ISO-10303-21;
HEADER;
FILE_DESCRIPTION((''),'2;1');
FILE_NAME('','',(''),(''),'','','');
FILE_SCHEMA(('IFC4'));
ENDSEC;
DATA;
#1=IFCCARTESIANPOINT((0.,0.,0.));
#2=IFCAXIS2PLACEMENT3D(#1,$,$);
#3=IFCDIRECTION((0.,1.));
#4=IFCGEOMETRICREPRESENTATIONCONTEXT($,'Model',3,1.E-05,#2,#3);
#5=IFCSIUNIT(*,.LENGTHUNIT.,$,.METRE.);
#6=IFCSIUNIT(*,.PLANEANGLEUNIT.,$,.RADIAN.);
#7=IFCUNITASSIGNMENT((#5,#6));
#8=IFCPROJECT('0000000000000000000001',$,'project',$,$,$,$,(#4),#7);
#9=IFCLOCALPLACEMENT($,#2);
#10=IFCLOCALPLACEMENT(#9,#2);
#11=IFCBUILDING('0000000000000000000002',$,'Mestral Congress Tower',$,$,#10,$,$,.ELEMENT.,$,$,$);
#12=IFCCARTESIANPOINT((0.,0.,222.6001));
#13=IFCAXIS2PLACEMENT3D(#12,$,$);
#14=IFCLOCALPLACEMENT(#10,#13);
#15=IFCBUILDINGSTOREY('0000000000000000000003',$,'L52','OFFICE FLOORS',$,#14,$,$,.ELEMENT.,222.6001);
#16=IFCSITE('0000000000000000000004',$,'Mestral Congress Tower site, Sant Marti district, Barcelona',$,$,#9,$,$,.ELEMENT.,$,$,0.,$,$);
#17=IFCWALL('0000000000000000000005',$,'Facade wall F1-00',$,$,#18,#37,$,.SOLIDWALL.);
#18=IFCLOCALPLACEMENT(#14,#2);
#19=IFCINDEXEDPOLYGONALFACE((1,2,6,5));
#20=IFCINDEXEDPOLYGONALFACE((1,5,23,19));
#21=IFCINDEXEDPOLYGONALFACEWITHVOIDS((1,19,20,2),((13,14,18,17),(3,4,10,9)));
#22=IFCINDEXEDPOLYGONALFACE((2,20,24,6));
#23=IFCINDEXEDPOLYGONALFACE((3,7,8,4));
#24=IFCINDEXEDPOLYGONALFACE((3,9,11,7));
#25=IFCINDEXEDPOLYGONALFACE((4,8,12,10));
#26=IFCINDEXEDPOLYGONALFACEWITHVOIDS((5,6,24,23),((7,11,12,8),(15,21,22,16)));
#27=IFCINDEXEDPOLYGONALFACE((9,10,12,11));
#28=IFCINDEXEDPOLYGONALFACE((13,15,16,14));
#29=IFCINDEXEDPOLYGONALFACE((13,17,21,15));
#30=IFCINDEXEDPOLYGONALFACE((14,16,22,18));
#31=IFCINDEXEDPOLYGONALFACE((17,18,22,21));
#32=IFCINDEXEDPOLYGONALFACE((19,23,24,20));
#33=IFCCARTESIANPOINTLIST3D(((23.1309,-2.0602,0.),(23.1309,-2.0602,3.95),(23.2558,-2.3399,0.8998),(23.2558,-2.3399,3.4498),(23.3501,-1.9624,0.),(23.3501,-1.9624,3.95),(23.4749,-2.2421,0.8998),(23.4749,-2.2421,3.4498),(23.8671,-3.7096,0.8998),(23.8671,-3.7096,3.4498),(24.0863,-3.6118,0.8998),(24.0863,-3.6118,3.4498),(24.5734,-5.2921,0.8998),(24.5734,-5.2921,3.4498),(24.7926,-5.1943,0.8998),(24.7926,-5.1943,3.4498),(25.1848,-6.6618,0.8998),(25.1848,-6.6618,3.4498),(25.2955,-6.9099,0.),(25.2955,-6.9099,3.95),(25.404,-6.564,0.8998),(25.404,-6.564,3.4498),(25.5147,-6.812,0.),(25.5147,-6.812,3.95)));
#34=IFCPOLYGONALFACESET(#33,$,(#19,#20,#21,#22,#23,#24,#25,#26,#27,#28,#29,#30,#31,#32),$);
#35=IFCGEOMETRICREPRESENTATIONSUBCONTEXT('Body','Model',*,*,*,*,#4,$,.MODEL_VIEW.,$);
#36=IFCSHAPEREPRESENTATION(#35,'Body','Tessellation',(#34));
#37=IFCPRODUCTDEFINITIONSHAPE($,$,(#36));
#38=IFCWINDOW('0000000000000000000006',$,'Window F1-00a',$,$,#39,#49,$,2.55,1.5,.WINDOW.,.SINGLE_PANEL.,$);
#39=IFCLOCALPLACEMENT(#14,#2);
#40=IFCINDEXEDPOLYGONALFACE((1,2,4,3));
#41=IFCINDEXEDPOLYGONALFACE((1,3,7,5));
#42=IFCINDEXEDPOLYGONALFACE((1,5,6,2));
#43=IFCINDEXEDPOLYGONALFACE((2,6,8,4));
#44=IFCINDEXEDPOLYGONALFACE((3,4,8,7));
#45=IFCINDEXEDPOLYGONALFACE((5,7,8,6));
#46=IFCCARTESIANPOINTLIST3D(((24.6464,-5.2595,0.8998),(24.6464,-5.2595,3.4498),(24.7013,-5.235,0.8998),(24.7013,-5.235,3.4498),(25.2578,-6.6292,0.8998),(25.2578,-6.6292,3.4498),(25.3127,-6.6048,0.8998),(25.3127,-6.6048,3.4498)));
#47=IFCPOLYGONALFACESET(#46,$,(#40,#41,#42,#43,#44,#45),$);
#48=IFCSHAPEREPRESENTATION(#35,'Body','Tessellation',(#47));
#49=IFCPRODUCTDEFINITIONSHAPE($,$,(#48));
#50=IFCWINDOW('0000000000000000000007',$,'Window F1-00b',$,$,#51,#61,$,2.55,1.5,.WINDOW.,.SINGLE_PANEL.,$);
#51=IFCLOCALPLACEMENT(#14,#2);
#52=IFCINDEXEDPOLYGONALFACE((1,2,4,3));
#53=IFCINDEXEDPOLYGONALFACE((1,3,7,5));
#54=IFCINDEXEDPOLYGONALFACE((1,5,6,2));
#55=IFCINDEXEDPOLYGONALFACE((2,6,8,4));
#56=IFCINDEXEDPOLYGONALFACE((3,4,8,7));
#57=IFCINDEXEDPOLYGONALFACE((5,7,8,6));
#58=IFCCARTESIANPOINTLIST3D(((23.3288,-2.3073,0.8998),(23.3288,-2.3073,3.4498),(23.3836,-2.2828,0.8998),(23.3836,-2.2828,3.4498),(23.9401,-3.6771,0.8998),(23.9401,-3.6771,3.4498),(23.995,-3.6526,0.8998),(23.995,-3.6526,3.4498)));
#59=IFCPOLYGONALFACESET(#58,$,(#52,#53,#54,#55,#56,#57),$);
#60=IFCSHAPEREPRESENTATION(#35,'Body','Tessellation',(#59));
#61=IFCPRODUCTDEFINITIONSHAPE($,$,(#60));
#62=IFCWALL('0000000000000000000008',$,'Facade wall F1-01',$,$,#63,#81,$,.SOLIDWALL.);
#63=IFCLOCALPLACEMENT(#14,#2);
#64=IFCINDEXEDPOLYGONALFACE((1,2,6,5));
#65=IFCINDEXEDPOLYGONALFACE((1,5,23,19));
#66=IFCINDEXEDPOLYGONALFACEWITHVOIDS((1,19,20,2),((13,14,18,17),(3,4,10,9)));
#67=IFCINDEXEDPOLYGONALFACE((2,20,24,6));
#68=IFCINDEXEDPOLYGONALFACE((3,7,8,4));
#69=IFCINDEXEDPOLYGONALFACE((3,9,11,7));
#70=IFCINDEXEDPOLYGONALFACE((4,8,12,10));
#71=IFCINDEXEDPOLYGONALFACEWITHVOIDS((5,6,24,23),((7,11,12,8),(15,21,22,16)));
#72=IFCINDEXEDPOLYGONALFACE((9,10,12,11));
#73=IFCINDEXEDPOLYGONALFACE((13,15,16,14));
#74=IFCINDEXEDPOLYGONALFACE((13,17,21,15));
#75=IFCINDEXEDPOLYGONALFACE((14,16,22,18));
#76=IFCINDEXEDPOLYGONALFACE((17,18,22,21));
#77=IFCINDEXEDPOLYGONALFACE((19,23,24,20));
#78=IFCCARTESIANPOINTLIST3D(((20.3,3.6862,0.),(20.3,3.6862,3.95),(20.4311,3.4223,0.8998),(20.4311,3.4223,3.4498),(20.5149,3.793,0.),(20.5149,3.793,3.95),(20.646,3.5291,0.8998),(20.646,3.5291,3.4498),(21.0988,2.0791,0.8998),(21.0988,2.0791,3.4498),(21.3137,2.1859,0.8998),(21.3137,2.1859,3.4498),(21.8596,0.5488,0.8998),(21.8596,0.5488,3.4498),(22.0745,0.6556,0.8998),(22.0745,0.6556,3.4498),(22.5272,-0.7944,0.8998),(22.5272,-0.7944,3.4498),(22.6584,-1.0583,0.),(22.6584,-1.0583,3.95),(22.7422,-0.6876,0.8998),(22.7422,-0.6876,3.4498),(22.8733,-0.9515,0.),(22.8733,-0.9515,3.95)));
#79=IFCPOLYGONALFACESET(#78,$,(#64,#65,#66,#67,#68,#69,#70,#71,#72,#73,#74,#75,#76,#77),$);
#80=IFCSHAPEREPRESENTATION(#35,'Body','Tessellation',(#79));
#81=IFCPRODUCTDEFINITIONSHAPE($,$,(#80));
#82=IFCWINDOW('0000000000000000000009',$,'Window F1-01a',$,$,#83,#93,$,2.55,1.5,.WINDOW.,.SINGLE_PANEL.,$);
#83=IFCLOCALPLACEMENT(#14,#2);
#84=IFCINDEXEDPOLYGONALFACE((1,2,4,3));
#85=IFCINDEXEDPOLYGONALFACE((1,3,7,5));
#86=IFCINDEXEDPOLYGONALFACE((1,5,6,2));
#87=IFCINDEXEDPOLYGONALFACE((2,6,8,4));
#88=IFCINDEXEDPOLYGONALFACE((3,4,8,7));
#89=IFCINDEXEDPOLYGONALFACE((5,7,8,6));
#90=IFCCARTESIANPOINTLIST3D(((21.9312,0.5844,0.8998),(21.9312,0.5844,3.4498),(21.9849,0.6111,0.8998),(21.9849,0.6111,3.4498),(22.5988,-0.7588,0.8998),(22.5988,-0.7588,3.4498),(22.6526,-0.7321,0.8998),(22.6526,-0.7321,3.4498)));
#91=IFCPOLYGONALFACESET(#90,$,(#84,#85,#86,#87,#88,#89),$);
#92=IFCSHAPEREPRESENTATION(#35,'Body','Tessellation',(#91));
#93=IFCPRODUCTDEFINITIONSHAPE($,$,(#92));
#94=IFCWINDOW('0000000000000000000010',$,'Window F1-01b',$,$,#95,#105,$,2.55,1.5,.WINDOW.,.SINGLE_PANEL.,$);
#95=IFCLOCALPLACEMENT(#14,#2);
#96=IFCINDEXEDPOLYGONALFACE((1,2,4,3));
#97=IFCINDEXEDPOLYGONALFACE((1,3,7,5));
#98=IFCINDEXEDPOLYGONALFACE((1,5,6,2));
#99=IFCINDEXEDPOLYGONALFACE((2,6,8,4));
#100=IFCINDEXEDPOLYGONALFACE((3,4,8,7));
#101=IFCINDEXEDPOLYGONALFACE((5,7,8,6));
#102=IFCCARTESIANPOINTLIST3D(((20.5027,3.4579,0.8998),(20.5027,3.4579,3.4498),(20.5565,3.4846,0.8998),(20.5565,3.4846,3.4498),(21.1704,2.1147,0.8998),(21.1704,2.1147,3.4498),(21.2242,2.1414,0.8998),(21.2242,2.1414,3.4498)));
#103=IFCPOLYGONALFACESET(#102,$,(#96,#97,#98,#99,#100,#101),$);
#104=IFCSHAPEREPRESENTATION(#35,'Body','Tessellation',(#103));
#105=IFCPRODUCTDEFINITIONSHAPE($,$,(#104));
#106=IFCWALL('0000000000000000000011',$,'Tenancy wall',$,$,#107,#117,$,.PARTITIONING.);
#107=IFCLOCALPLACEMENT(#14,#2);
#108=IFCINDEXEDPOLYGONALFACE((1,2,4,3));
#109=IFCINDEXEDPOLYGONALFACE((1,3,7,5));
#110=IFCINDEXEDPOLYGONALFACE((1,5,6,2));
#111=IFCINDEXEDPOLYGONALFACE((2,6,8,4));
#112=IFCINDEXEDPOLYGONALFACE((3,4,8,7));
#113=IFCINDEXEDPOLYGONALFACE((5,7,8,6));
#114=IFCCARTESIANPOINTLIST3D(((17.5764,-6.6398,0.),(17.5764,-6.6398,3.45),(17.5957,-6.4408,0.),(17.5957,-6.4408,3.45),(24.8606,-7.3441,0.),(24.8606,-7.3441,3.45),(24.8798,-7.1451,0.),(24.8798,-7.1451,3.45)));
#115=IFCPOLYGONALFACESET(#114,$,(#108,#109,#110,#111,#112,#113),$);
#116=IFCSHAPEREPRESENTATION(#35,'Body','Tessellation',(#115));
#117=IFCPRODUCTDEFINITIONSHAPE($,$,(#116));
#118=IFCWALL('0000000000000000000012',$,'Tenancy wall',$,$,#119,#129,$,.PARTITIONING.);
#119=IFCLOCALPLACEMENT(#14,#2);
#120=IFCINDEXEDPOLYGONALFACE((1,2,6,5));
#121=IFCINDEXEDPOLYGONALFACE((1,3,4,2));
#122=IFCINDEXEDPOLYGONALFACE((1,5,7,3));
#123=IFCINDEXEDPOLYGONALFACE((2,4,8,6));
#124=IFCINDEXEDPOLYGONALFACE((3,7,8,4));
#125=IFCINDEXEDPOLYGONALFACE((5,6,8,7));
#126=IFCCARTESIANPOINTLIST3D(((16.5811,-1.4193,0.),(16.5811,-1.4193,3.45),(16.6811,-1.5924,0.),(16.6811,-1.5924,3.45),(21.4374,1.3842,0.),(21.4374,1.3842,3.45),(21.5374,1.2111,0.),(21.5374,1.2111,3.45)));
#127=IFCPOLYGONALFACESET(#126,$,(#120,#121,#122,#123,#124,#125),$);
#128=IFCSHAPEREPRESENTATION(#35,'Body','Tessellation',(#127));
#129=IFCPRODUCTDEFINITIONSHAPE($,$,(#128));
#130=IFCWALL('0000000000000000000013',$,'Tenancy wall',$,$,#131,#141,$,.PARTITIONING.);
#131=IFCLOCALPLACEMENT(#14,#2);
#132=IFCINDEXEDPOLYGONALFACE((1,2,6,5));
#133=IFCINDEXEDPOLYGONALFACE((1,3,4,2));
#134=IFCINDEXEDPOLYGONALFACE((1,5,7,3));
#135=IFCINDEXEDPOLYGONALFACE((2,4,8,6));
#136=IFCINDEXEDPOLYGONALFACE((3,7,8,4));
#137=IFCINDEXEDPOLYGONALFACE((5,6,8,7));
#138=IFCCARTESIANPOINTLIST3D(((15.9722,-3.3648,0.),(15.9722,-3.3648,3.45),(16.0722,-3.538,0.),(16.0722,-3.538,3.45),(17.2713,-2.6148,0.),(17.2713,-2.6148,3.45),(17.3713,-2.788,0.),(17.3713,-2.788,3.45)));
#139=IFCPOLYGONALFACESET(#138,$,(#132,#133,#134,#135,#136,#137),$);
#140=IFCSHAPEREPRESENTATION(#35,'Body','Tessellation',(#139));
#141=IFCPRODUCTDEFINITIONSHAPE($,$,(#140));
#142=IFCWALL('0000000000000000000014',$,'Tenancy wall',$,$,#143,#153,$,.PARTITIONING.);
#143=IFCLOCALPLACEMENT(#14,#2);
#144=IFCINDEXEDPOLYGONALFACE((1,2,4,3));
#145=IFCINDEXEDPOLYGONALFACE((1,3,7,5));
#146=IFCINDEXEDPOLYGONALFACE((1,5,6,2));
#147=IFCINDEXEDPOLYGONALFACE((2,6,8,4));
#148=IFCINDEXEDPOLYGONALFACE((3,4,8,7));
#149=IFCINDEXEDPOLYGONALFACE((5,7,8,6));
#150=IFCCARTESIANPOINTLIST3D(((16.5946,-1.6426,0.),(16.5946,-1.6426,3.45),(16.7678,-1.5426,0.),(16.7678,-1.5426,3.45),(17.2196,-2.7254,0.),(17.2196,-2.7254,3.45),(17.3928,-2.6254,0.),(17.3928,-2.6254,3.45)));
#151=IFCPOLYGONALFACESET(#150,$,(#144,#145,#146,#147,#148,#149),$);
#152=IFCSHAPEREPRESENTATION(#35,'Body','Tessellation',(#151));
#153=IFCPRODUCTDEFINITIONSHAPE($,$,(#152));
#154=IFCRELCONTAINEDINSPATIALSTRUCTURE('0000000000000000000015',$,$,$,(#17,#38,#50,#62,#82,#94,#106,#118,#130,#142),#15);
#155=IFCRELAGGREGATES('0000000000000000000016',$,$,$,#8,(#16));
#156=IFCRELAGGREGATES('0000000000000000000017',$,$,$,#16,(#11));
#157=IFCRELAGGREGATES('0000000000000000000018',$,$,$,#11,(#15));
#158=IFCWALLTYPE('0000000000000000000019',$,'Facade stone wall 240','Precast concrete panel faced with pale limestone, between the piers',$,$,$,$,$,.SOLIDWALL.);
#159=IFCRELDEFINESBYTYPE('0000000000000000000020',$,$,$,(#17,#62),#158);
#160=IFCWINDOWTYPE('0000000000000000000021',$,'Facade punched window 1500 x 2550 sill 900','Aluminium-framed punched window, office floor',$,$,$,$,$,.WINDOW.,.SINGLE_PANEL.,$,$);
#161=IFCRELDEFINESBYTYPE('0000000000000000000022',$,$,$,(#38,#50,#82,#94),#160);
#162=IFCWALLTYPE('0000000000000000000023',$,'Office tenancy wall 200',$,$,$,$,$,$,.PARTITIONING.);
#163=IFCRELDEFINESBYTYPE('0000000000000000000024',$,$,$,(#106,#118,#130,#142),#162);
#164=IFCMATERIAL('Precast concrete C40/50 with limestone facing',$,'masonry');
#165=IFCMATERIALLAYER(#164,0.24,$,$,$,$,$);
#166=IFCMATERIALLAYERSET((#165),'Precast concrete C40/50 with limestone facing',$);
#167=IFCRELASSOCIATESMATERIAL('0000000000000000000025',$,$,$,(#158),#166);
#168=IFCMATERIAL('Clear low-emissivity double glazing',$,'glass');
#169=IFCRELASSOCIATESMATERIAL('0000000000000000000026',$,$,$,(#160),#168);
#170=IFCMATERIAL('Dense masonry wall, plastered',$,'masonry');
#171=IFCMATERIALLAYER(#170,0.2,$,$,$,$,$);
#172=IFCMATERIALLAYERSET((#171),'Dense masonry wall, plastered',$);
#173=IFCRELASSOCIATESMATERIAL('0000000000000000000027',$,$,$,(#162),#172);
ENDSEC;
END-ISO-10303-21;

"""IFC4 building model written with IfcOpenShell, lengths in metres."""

from ifc_helpers import new_model, si_unit, direction, frame, frame_2d, origin, place, context, subcontext, project, spatial, rectangle, extrude, material, layer, layer_set, type_object, element, fill, save


model = new_model("IFC4")

# Units and contexts
model_context = context("Model", 3, precision=1e-05, world=origin(), true_north=direction((0.0, 1.0)))
body_context = subcontext(model_context, "Body", "Model", "MODEL_VIEW")
ifc_project = project(units=[si_unit("LENGTHUNIT", "METRE"), si_unit("PLANEANGLEUNIT", "RADIAN")], contexts=[model_context])

# Site, building, storey
site_placement = place(None, origin())
site = spatial("IfcSite", under=ifc_project, at=site_placement, Name="Mestral Congress Tower site, Sant Marti district, Barcelona", CompositionType="ELEMENT", RefElevation=0.0)
building_placement = place(site_placement, origin())
building = spatial("IfcBuilding", under=site, at=building_placement, Name="Mestral Congress Tower", CompositionType="ELEMENT")
storey_placement = place(building_placement, frame((0.0, 0.0, 222.6001)))
storey = spatial("IfcBuildingStorey", under=building, at=storey_placement, Name="L52", Description="OFFICE FLOORS", CompositionType="ELEMENT", Elevation=222.6001)

# Shared definitions
ifc_material_1 = material(Name="Precast concrete C40/50 with limestone facing", Category="masonry")
ifc_layer_1 = layer(ifc_material_1, 0.24)
ifc_layer_set_1 = layer_set([ifc_layer_1], Name="Precast concrete C40/50 with limestone facing")
wall_type_1 = type_object("IfcWallType", Name="Facade stone wall 240", Description="Precast concrete panel faced with pale limestone, between the piers", PredefinedType="SOLIDWALL", material=ifc_layer_set_1)
ifc_material_2 = material(Name="Clear low-emissivity double glazing", Category="glass")

# Walls, openings, windows
wall_1_placement = place(storey_placement, frame((25.405, -6.8608, 0.0), z_axis=(0.0, 0.0, 1.0), x_axis=(-0.40758, 0.91317, 0.0)))
wall_1 = element("IfcWall", 1, at=wall_1_placement, inside=storey, type_object=wall_type_1, Name="Facade wall F1-00", PredefinedType="SOLIDWALL", context=body_context, shape_type="SweptSolid", body=[
    extrude(rectangle(XDim=5.3108, YDim=0.24, at=frame_2d((2.6553, 0.0))), origin(), (0.0, 0.0, 1.0), 3.95),
])
opening_1_placement = place(wall_1_placement, frame((0.2715, 0.0, 0.8999)))
opening_1 = element("IfcOpeningElement", 2, at=opening_1_placement, cuts=wall_1, PredefinedType="OPENING", context=body_context, shape_type="SweptSolid", body=[
    extrude(rectangle(XDim=1.5, YDim=2.55, at=frame_2d((0.75, 1.2749))), frame((0.0, 0.1299, 0.0), z_axis=(0.0, -1.0, 0.0), x_axis=(1.0, 0.0, 0.0)), (0.0, 0.0, 1.0), 0.26),
])
opening_2_placement = place(wall_1_placement, frame((3.5044, 0.0, 0.8999)))
opening_2 = element("IfcOpeningElement", 3, at=opening_2_placement, cuts=wall_1, PredefinedType="OPENING", context=body_context, shape_type="SweptSolid", body=[
    extrude(rectangle(XDim=1.5, YDim=2.55, at=frame_2d((0.75, 1.2749))), frame((0.0, 0.1299, 0.0), z_axis=(0.0, -1.0, 0.0), x_axis=(1.0, 0.0, 0.0)), (0.0, 0.0, 1.0), 0.26),
])
window_type_1 = type_object("IfcWindowType", Name="Facade punched window 1500 x 2550 sill 900", Description="Aluminium-framed punched window, office floor", PartitioningType="SINGLE_PANEL", PredefinedType="WINDOW", material=ifc_material_2)
window_1_placement = place(opening_1_placement, origin())
window_1 = element("IfcWindow", 4, at=window_1_placement, inside=storey, type_object=window_type_1, Name="Window F1-00a", OverallHeight=2.55, OverallWidth=1.5, PartitioningType="SINGLE_PANEL", PredefinedType="WINDOW", context=body_context, shape_type="SweptSolid", body=[
    extrude(rectangle(XDim=1.5, YDim=2.55, at=frame_2d((0.75, 1.2749))), frame((0.0, 0.04, 0.0), z_axis=(0.0, -1.0, 0.0), x_axis=(1.0, 0.0, 0.0)), (0.0, 0.0, 1.0), 0.0601),
])
fill(opening_1, window_1)
window_2_placement = place(opening_2_placement, origin())
window_2 = element("IfcWindow", 5, at=window_2_placement, inside=storey, type_object=window_type_1, Name="Window F1-00b", OverallHeight=2.55, OverallWidth=1.5, PartitioningType="SINGLE_PANEL", PredefinedType="WINDOW", context=body_context, shape_type="SweptSolid", body=[
    extrude(rectangle(XDim=1.5, YDim=2.55, at=frame_2d((0.75, 1.2749))), frame((0.0, 0.04, 0.0), z_axis=(0.0, -1.0, 0.0), x_axis=(1.0, 0.0, 0.0)), (0.0, 0.0, 1.0), 0.0601),
])
fill(opening_2, window_2)
wall_2_placement = place(storey_placement, frame((22.7659, -1.0049, 0.0), z_axis=(0.0, 0.0, 1.0), x_axis=(-0.44513, 0.895466, 0.0)))
wall_2 = element("IfcWall", 6, at=wall_2_placement, inside=storey, type_object=wall_type_1, Name="Facade wall F1-01", PredefinedType="SOLIDWALL", context=body_context, shape_type="SweptSolid", body=[
    extrude(rectangle(XDim=5.2983, YDim=0.24, at=frame_2d((2.6492, 0.0))), origin(), (0.0, 0.0, 1.0), 3.95),
])
opening_3_placement = place(wall_2_placement, frame((0.2947, 0.0, 0.8999)))
opening_3 = element("IfcOpeningElement", 7, at=opening_3_placement, cuts=wall_2, PredefinedType="OPENING", context=body_context, shape_type="SweptSolid", body=[
    extrude(rectangle(XDim=1.5, YDim=2.55, at=frame_2d((0.75, 1.2749))), frame((0.0, 0.1299, 0.0), z_axis=(0.0, -1.0, 0.0), x_axis=(1.0, 0.0, 0.0)), (0.0, 0.0, 1.0), 0.26),
])
opening_4_placement = place(wall_2_placement, frame((3.5037, 0.0, 0.8999)))
opening_4 = element("IfcOpeningElement", 8, at=opening_4_placement, cuts=wall_2, PredefinedType="OPENING", context=body_context, shape_type="SweptSolid", body=[
    extrude(rectangle(XDim=1.5, YDim=2.55, at=frame_2d((0.75, 1.2749))), frame((0.0, 0.1299, 0.0), z_axis=(0.0, -1.0, 0.0), x_axis=(1.0, 0.0, 0.0)), (0.0, 0.0, 1.0), 0.26),
])
window_3_placement = place(opening_3_placement, origin())
window_3 = element("IfcWindow", 9, at=window_3_placement, inside=storey, type_object=window_type_1, Name="Window F1-01a", OverallHeight=2.55, OverallWidth=1.5, PartitioningType="SINGLE_PANEL", PredefinedType="WINDOW", context=body_context, shape_type="SweptSolid", body=[
    extrude(rectangle(XDim=1.5, YDim=2.55, at=frame_2d((0.75, 1.2749))), frame((0.0, 0.04, 0.0), z_axis=(0.0, -1.0, 0.0), x_axis=(1.0, 0.0, 0.0)), (0.0, 0.0, 1.0), 0.0601),
])
fill(opening_3, window_3)
window_4_placement = place(opening_4_placement, origin())
window_4 = element("IfcWindow", 10, at=window_4_placement, inside=storey, type_object=window_type_1, Name="Window F1-01b", OverallHeight=2.55, OverallWidth=1.5, PartitioningType="SINGLE_PANEL", PredefinedType="WINDOW", context=body_context, shape_type="SweptSolid", body=[
    extrude(rectangle(XDim=1.5, YDim=2.55, at=frame_2d((0.75, 1.2749))), frame((0.0, 0.04, 0.0), z_axis=(0.0, -1.0, 0.0), x_axis=(1.0, 0.0, 0.0)), (0.0, 0.0, 1.0), 0.0601),
])
fill(opening_4, window_4)

# Walls
ifc_material_3 = material(Name="Dense masonry wall, plastered", Category="masonry")
ifc_layer_2 = layer(ifc_material_3, 0.2)
ifc_layer_set_2 = layer_set([ifc_layer_2], Name="Dense masonry wall, plastered")
wall_type_2 = type_object("IfcWallType", Name="Office tenancy wall 200", PredefinedType="PARTITIONING", material=ifc_layer_set_2)
wall_3_placement = place(storey_placement, frame((17.5859, -6.5403, 0.0), z_axis=(0.0, 0.0, 1.0), x_axis=(0.995358, -0.096246, 0.0)))
element("IfcWall", 11, at=wall_3_placement, inside=storey, type_object=wall_type_2, Name="Tenancy wall", PredefinedType="PARTITIONING", context=body_context, shape_type="SweptSolid", body=[
    extrude(rectangle(XDim=7.3181, YDim=0.2, at=frame_2d((3.6592, 0.0))), origin(), (0.0, 0.0, 1.0), 3.45),
])
wall_4_placement = place(storey_placement, frame((16.6311, -1.5059, 0.0), z_axis=(0.0, 0.0, 1.0), x_axis=(0.866046, 0.499965, 0.0)))
element("IfcWall", 12, at=wall_4_placement, inside=storey, type_object=wall_type_2, Name="Tenancy wall", PredefinedType="PARTITIONING", context=body_context, shape_type="SweptSolid", body=[
    extrude(rectangle(XDim=5.6074, YDim=0.2, at=frame_2d((2.8037, 0.0))), origin(), (0.0, 0.0, 1.0), 3.45),
])
wall_5_placement = place(storey_placement, frame((16.0222, -3.4514, 0.0), z_axis=(0.0, 0.0, 1.0), x_axis=(0.866031, 0.49999, 0.0)))
element("IfcWall", 13, at=wall_5_placement, inside=storey, type_object=wall_type_2, Name="Tenancy wall", PredefinedType="PARTITIONING", context=body_context, shape_type="SweptSolid", body=[
    extrude(rectangle(XDim=1.5, YDim=0.2, at=frame_2d((0.75, 0.0))), origin(), (0.0, 0.0, 1.0), 3.45),
])
wall_6_placement = place(storey_placement, frame((17.3062, -2.6753, 0.0), z_axis=(0.0, 0.0, 1.0), x_axis=(-0.49992, 0.866072, 0.0)))
element("IfcWall", 14, at=wall_6_placement, inside=storey, type_object=wall_type_2, Name="Tenancy wall", PredefinedType="PARTITIONING", context=body_context, shape_type="SweptSolid", body=[
    extrude(rectangle(XDim=1.2502, YDim=0.2, at=frame_2d((0.625, 0.0))), origin(), (0.0, 0.0, 1.0), 3.45),
])

save(model, "model.ifc")
